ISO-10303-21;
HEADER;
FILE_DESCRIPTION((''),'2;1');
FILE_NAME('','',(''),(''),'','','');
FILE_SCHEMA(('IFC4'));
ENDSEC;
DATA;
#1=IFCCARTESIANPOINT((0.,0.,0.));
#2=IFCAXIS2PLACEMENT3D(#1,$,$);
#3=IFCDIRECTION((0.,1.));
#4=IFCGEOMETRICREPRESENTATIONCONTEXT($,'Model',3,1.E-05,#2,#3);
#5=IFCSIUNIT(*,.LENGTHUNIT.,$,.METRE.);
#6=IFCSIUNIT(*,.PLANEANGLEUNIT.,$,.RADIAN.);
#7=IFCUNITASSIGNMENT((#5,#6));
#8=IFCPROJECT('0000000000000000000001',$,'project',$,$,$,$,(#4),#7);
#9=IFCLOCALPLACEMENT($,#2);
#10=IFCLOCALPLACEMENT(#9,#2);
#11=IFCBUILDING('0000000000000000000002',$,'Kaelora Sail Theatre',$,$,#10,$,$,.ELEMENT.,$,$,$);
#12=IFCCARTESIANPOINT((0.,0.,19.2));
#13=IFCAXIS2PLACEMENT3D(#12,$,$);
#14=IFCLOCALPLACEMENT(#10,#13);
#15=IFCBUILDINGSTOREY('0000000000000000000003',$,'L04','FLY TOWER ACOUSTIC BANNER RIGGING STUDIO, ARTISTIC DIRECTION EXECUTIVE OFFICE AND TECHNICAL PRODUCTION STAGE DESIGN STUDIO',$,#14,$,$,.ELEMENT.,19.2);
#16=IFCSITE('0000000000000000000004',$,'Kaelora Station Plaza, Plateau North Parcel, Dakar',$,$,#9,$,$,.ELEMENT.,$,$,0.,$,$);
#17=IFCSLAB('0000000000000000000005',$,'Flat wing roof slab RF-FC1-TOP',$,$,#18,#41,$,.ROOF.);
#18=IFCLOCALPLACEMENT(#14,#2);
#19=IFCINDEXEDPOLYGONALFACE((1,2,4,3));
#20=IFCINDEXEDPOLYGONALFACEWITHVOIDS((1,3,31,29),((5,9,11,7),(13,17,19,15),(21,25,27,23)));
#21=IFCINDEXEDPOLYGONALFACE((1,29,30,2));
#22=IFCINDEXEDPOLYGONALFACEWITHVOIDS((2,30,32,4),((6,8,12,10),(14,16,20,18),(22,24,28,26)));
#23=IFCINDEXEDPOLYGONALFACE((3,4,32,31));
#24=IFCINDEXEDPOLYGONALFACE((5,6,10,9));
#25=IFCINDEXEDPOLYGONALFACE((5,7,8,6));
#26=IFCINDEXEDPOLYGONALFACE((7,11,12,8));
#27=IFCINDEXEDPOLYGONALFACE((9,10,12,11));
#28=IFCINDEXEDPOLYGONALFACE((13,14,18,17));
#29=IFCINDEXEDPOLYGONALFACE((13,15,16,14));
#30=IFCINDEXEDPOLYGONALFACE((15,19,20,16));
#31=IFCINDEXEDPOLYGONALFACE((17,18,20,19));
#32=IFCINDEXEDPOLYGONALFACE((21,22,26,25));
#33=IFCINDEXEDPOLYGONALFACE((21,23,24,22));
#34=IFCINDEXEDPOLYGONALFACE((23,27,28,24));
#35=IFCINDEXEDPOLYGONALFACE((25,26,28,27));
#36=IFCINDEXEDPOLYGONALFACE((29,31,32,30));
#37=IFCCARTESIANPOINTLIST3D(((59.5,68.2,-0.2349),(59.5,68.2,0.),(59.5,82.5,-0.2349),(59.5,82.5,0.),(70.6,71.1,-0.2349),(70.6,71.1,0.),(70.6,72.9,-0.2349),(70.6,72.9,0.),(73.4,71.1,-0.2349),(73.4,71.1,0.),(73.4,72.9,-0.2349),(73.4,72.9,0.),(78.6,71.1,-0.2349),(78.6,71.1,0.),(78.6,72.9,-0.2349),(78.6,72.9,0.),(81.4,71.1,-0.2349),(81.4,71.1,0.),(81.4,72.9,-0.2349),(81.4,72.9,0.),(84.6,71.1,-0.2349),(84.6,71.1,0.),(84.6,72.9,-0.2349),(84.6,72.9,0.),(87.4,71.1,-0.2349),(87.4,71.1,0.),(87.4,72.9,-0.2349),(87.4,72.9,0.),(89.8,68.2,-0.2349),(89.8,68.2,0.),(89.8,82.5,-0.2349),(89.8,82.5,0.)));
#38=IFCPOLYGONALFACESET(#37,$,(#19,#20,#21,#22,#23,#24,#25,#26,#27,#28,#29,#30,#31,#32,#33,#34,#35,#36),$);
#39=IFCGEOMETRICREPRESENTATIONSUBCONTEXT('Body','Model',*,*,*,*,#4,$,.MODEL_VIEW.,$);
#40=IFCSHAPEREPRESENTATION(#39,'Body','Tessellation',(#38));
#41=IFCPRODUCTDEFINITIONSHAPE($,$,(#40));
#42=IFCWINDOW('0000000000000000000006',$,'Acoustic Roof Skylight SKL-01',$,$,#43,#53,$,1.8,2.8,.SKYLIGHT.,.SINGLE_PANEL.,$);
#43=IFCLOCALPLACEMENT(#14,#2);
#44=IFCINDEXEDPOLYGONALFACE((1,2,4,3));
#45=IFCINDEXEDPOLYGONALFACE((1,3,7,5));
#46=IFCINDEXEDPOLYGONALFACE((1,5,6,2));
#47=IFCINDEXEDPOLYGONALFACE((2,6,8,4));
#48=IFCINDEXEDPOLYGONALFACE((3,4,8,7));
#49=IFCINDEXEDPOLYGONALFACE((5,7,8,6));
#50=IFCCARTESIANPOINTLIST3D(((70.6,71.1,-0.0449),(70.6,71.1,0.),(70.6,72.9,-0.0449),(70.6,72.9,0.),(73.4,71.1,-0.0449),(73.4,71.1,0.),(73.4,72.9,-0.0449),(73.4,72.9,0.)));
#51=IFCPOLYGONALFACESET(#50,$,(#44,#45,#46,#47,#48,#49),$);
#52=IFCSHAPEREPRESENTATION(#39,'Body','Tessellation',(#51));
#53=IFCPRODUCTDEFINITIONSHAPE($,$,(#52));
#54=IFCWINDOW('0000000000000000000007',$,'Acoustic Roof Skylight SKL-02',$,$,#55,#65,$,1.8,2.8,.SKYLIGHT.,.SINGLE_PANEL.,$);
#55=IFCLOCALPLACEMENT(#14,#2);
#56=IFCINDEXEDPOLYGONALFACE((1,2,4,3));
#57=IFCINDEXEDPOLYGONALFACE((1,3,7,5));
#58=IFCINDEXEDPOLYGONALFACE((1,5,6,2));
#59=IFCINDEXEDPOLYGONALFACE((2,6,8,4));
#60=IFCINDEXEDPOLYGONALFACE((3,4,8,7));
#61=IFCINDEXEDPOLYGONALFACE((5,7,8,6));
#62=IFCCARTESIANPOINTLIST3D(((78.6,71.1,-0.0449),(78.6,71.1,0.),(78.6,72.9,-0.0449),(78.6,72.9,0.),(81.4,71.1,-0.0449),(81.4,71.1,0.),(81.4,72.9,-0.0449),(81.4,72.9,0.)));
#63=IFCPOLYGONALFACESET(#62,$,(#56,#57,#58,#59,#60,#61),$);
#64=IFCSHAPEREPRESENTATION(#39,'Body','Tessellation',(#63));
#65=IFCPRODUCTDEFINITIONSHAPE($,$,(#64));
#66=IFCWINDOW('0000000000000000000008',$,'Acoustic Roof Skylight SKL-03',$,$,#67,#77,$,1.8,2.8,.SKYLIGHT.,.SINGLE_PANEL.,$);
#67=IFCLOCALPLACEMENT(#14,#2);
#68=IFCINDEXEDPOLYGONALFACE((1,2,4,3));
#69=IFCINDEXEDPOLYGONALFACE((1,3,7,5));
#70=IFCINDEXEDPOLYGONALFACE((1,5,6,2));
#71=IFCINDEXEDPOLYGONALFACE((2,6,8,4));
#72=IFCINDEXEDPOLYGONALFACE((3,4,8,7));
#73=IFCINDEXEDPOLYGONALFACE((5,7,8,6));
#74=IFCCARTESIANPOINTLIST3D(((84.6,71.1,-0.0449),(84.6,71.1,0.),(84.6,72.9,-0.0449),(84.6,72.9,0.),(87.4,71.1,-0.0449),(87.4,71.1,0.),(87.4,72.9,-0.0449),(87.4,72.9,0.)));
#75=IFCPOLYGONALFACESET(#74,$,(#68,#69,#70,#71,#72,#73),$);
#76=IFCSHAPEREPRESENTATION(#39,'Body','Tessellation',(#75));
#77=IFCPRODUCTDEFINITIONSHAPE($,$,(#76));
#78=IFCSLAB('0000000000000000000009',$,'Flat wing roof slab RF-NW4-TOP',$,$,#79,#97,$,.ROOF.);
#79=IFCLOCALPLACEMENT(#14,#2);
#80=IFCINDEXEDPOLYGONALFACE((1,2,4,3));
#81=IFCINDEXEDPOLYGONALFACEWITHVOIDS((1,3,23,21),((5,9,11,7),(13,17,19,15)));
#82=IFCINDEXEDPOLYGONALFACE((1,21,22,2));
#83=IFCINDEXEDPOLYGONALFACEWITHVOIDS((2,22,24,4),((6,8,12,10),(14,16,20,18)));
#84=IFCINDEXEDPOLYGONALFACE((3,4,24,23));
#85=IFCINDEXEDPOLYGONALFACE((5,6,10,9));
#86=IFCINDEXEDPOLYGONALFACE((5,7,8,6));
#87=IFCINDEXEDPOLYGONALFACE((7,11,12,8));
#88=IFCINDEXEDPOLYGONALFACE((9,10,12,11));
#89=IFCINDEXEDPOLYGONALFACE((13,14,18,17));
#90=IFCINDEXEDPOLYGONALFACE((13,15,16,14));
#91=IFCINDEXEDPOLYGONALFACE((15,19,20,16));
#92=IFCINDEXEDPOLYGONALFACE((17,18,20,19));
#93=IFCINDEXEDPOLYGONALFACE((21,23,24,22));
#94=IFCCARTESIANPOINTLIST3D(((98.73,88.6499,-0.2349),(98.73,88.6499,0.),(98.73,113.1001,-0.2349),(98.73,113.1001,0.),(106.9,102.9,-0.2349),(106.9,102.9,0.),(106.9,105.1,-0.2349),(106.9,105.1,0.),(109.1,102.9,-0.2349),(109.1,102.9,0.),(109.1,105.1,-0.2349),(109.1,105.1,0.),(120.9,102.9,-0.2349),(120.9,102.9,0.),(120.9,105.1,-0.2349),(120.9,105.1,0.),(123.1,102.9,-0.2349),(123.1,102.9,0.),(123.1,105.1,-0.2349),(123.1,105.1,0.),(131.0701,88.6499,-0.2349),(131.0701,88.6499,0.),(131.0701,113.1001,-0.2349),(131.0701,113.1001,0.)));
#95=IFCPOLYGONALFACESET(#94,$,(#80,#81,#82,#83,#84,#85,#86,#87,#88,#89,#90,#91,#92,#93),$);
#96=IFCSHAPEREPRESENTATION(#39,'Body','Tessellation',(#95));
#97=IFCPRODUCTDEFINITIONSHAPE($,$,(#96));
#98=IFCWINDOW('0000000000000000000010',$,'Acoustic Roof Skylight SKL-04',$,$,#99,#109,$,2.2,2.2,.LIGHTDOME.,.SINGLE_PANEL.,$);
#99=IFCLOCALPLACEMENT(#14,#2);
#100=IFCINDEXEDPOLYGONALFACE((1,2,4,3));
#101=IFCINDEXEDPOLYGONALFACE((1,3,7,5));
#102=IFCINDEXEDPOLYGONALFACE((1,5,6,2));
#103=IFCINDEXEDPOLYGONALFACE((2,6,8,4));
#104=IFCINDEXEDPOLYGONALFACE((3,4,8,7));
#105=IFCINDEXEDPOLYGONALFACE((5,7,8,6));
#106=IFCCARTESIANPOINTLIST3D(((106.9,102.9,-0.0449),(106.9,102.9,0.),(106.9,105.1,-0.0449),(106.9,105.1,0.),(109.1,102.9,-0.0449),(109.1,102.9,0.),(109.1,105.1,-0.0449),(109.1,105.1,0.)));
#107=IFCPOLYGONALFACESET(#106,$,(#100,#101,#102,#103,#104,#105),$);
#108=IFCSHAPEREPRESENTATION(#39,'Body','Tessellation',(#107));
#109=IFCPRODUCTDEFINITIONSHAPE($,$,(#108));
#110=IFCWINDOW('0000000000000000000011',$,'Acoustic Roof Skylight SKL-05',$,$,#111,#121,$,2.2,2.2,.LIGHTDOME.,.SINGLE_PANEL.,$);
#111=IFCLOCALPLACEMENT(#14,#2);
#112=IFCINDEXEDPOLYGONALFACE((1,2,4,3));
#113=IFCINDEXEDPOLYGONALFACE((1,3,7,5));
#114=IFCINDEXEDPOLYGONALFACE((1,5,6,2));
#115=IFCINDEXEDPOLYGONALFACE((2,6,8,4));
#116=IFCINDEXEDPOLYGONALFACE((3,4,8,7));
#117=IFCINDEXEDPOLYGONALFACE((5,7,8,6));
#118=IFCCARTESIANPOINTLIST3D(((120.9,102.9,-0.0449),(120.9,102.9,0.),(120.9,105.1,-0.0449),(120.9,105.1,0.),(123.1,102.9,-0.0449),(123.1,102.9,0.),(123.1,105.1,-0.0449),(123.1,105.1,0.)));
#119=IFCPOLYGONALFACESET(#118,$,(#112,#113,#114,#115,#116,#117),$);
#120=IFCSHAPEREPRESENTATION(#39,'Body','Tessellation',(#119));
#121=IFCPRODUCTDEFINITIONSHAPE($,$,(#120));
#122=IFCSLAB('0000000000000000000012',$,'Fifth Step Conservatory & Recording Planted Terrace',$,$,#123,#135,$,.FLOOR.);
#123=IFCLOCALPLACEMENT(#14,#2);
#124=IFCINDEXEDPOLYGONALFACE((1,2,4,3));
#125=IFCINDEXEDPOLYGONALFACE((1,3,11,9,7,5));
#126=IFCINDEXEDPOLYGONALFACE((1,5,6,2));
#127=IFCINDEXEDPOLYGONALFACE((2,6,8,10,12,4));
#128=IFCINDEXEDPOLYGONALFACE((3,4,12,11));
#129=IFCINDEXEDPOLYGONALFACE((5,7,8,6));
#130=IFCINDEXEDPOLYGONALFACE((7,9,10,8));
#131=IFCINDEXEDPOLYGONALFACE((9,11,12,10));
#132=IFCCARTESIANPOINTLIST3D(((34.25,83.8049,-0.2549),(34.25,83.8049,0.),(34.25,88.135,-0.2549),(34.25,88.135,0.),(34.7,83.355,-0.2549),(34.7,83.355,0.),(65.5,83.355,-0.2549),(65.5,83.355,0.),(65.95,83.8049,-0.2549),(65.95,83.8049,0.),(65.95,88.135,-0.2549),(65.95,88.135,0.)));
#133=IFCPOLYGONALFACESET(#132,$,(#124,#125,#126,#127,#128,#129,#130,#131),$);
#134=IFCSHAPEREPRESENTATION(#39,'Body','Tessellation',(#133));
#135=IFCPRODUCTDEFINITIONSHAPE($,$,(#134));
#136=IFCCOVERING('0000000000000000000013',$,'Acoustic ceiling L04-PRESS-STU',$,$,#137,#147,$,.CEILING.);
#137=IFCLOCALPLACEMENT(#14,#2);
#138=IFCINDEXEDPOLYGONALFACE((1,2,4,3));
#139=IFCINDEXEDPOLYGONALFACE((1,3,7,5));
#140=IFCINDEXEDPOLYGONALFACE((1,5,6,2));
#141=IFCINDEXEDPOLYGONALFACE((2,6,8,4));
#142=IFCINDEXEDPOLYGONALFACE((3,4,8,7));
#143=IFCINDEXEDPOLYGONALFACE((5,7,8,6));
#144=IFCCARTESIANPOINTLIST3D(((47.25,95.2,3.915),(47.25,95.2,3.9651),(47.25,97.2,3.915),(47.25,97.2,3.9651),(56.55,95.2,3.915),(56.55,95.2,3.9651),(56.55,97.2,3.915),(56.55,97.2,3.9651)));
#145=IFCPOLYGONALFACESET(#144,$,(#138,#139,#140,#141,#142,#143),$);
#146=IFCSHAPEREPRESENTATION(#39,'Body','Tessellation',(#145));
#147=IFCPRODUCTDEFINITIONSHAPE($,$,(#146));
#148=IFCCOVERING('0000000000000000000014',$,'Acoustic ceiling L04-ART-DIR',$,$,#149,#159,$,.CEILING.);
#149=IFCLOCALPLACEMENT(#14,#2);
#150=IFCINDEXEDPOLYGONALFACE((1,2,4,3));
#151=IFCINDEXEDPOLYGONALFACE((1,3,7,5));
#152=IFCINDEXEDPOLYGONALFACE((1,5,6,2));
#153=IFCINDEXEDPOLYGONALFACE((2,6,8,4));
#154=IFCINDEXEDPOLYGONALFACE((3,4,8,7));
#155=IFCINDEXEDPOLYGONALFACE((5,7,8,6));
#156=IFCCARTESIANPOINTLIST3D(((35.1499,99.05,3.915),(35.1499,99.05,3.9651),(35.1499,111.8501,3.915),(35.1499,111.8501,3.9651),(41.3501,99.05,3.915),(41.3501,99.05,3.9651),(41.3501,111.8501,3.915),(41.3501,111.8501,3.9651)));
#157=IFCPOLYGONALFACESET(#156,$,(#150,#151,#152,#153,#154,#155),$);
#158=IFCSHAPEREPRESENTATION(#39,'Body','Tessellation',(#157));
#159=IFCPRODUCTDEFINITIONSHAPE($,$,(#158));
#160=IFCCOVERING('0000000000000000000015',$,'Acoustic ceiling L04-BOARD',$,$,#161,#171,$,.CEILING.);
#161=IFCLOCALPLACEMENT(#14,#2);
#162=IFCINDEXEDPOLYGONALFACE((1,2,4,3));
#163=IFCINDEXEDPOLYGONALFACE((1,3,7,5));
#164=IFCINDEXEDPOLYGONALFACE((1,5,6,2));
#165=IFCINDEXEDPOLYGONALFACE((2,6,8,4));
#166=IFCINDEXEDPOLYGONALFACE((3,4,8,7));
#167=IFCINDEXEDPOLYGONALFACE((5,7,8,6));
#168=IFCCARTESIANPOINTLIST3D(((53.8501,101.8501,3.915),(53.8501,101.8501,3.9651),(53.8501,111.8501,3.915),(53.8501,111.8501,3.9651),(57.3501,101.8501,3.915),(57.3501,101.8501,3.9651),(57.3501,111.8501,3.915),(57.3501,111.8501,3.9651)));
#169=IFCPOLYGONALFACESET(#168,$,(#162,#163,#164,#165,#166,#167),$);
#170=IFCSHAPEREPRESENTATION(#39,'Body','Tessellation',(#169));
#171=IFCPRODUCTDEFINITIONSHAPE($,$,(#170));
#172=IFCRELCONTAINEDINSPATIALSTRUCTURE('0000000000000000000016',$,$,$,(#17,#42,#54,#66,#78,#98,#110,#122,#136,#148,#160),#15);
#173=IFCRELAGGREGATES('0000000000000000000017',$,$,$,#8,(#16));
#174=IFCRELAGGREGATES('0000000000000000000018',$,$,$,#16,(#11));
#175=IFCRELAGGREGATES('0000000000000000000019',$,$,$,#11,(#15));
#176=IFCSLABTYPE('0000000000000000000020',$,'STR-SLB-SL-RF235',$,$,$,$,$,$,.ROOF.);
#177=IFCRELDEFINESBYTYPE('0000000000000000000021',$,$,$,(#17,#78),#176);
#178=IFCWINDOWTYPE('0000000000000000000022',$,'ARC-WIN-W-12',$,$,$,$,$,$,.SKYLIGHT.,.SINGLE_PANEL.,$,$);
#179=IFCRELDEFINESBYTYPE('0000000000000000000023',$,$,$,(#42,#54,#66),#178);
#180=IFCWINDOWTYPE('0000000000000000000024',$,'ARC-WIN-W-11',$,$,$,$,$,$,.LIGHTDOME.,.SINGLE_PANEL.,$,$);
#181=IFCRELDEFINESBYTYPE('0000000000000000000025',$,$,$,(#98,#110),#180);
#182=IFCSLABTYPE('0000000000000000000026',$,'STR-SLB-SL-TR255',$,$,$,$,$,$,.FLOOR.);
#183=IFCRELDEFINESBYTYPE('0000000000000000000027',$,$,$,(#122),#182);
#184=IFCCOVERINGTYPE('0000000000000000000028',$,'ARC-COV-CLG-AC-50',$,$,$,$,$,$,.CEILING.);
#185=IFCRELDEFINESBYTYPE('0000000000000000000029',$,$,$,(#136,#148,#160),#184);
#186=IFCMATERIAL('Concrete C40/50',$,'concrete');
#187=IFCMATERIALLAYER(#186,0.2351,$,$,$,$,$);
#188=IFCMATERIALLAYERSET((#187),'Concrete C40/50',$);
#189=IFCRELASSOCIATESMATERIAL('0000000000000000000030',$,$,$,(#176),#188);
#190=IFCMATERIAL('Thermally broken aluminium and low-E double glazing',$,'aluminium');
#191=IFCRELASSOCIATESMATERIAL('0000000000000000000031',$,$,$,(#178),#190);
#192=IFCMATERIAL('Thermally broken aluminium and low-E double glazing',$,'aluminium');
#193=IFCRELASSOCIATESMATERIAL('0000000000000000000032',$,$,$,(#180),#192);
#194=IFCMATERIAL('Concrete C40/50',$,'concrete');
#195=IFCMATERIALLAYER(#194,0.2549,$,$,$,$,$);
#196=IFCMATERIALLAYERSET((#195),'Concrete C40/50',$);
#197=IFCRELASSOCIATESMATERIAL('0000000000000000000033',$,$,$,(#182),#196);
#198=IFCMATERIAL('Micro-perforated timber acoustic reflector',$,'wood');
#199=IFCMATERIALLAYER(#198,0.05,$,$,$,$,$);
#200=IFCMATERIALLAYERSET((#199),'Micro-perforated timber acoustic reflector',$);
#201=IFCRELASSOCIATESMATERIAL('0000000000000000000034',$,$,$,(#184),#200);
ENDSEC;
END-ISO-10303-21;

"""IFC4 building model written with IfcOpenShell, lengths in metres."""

from ifc_helpers import new_model, si_unit, direction, frame, origin, origin_2d, place, context, subcontext, project, spatial, polyline, rectangle, outline, extrude, material, layer, layer_set, type_object, element, fill, save


model = new_model("IFC4")

# Units and contexts
model_context = context("Model", 3, precision=1e-05, world=origin(), true_north=direction((0.0, 1.0)))
body_context = subcontext(model_context, "Body", "Model", "MODEL_VIEW")
ifc_project = project(units=[si_unit("LENGTHUNIT", "METRE"), si_unit("PLANEANGLEUNIT", "RADIAN")], contexts=[model_context])

# Site, building, storey
site_placement = place(None, origin())
site = spatial("IfcSite", under=ifc_project, at=site_placement, Name="Kaelora Station Plaza, Plateau North Parcel, Dakar", CompositionType="ELEMENT", RefElevation=0.0)
building_placement = place(site_placement, origin())
building = spatial("IfcBuilding", under=site, at=building_placement, Name="Kaelora Sail Theatre", CompositionType="ELEMENT")
storey_placement = place(building_placement, frame((0.0, 0.0, 19.2)))
storey = spatial("IfcBuildingStorey", under=building, at=storey_placement, Name="L04", Description="FLY TOWER ACOUSTIC BANNER RIGGING STUDIO, ARTISTIC DIRECTION EXECUTIVE OFFICE AND TECHNICAL PRODUCTION STAGE DESIGN STUDIO", CompositionType="ELEMENT", Elevation=19.2)

# Slabs, openings, windows
ifc_material_1 = material(Name="Concrete C40/50", Category="concrete")
ifc_layer_1 = layer(ifc_material_1, 0.2351)
ifc_layer_set_1 = layer_set([ifc_layer_1], Name="Concrete C40/50")
slab_type_1 = type_object("IfcSlabType", Name="STR-SLB-SL-RF235", PredefinedType="ROOF", material=ifc_layer_set_1)
slab_1_placement = place(storey_placement, frame((0.0, 0.0, -0.2349)))
slab_1 = element("IfcSlab", 1, at=slab_1_placement, inside=storey, type_object=slab_type_1, Name="Flat wing roof slab RF-FC1-TOP", PredefinedType="ROOF", context=body_context, shape_type="SweptSolid", body=[
    extrude(outline(polyline([(59.5, 82.5), (89.8, 82.5), (89.8, 68.2), (59.5, 68.2), (59.5, 82.5)])), origin(), (0.0, 0.0, 1.0), 0.2349),
])
opening_1_placement = place(slab_1_placement, frame((72.0, 72.0, 0.0)))
opening_1 = element("IfcOpeningElement", 2, at=opening_1_placement, cuts=slab_1, PredefinedType="OPENING", context=body_context, shape_type="SweptSolid", body=[
    extrude(rectangle(XDim=2.8, YDim=1.8, at=origin_2d()), origin(), (0.0, 0.0, 1.0), 0.2349),
])
opening_2_placement = place(slab_1_placement, frame((80.0, 72.0, 0.0)))
opening_2 = element("IfcOpeningElement", 3, at=opening_2_placement, cuts=slab_1, PredefinedType="OPENING", context=body_context, shape_type="SweptSolid", body=[
    extrude(rectangle(XDim=2.8, YDim=1.8, at=origin_2d()), origin(), (0.0, 0.0, 1.0), 0.2349),
])
opening_3_placement = place(slab_1_placement, frame((86.0, 72.0, 0.0)))
opening_3 = element("IfcOpeningElement", 4, at=opening_3_placement, cuts=slab_1, PredefinedType="OPENING", context=body_context, shape_type="SweptSolid", body=[
    extrude(rectangle(XDim=2.8, YDim=1.8, at=origin_2d()), origin(), (0.0, 0.0, 1.0), 0.2349),
])
ifc_material_2 = material(Name="Thermally broken aluminium and low-E double glazing", Category="aluminium")
window_type_1 = type_object("IfcWindowType", Name="ARC-WIN-W-12", PartitioningType="SINGLE_PANEL", PredefinedType="SKYLIGHT", material=ifc_material_2)
window_1_placement = place(opening_1_placement, frame((0.0, 0.0, 0.1899)))
window_1 = element("IfcWindow", 5, at=window_1_placement, inside=storey, type_object=window_type_1, Name="Acoustic Roof Skylight SKL-01", OverallHeight=1.8, OverallWidth=2.8, PartitioningType="SINGLE_PANEL", PredefinedType="SKYLIGHT", context=body_context, shape_type="SweptSolid", body=[
    extrude(rectangle(XDim=2.8, YDim=1.8, at=origin_2d()), origin(), (0.0, 0.0, 1.0), 0.0449),
])
fill(opening_1, window_1)
window_2_placement = place(opening_2_placement, frame((0.0, 0.0, 0.1899)))
window_2 = element("IfcWindow", 6, at=window_2_placement, inside=storey, type_object=window_type_1, Name="Acoustic Roof Skylight SKL-02", OverallHeight=1.8, OverallWidth=2.8, PartitioningType="SINGLE_PANEL", PredefinedType="SKYLIGHT", context=body_context, shape_type="SweptSolid", body=[
    extrude(rectangle(XDim=2.8, YDim=1.8, at=origin_2d()), origin(), (0.0, 0.0, 1.0), 0.0449),
])
fill(opening_2, window_2)
window_3_placement = place(opening_3_placement, frame((0.0, 0.0, 0.1899)))
window_3 = element("IfcWindow", 7, at=window_3_placement, inside=storey, type_object=window_type_1, Name="Acoustic Roof Skylight SKL-03", OverallHeight=1.8, OverallWidth=2.8, PartitioningType="SINGLE_PANEL", PredefinedType="SKYLIGHT", context=body_context, shape_type="SweptSolid", body=[
    extrude(rectangle(XDim=2.8, YDim=1.8, at=origin_2d()), origin(), (0.0, 0.0, 1.0), 0.0449),
])
fill(opening_3, window_3)
slab_2_placement = place(storey_placement, frame((0.0, 0.0, -0.2349)))
slab_2 = element("IfcSlab", 8, at=slab_2_placement, inside=storey, type_object=slab_type_1, Name="Flat wing roof slab RF-NW4-TOP", PredefinedType="ROOF", context=body_context, shape_type="SweptSolid", body=[
    extrude(outline(polyline([(98.73, 113.1001), (131.0701, 113.1001), (131.0701, 88.6499), (98.73, 88.6499), (98.73, 113.1001)])), origin(), (0.0, 0.0, 1.0), 0.2349),
])
opening_4_placement = place(slab_2_placement, frame((108.0, 104.0, 0.0)))
opening_4 = element("IfcOpeningElement", 9, at=opening_4_placement, cuts=slab_2, PredefinedType="OPENING", context=body_context, shape_type="SweptSolid", body=[
    extrude(rectangle(XDim=2.2, YDim=2.2, at=origin_2d()), origin(), (0.0, 0.0, 1.0), 0.2349),
])
opening_5_placement = place(slab_2_placement, frame((122.0, 104.0, 0.0)))
opening_5 = element("IfcOpeningElement", 10, at=opening_5_placement, cuts=slab_2, PredefinedType="OPENING", context=body_context, shape_type="SweptSolid", body=[
    extrude(rectangle(XDim=2.2, YDim=2.2, at=origin_2d()), origin(), (0.0, 0.0, 1.0), 0.2349),
])
ifc_material_3 = material(Name="Thermally broken aluminium and low-E double glazing", Category="aluminium")
window_type_2 = type_object("IfcWindowType", Name="ARC-WIN-W-11", PartitioningType="SINGLE_PANEL", PredefinedType="LIGHTDOME", material=ifc_material_3)
window_4_placement = place(opening_4_placement, frame((0.0, 0.0, 0.1899)))
window_4 = element("IfcWindow", 11, at=window_4_placement, inside=storey, type_object=window_type_2, Name="Acoustic Roof Skylight SKL-04", OverallHeight=2.2, OverallWidth=2.2, PartitioningType="SINGLE_PANEL", PredefinedType="LIGHTDOME", context=body_context, shape_type="SweptSolid", body=[
    extrude(rectangle(XDim=2.2, YDim=2.2, at=origin_2d()), origin(), (0.0, 0.0, 1.0), 0.0449),
])
fill(opening_4, window_4)
window_5_placement = place(opening_5_placement, frame((0.0, 0.0, 0.1899)))
window_5 = element("IfcWindow", 12, at=window_5_placement, inside=storey, type_object=window_type_2, Name="Acoustic Roof Skylight SKL-05", OverallHeight=2.2, OverallWidth=2.2, PartitioningType="SINGLE_PANEL", PredefinedType="LIGHTDOME", context=body_context, shape_type="SweptSolid", body=[
    extrude(rectangle(XDim=2.2, YDim=2.2, at=origin_2d()), origin(), (0.0, 0.0, 1.0), 0.0449),
])
fill(opening_5, window_5)

# Slab
ifc_material_4 = material(Name="Concrete C40/50", Category="concrete")
ifc_layer_2 = layer(ifc_material_4, 0.2549)
ifc_layer_set_2 = layer_set([ifc_layer_2], Name="Concrete C40/50")
slab_type_2 = type_object("IfcSlabType", Name="STR-SLB-SL-TR255", PredefinedType="FLOOR", material=ifc_layer_set_2)
slab_3_placement = place(storey_placement, frame((0.0, 0.0, -0.2549)))
element("IfcSlab", 13, at=slab_3_placement, inside=storey, type_object=slab_type_2, Name="Fifth Step Conservatory & Recording Planted Terrace", PredefinedType="FLOOR", context=body_context, shape_type="SweptSolid", body=[
    extrude(outline(polyline([(34.7, 83.355), (65.5, 83.355), (65.95, 83.8049), (65.95, 88.135), (34.25, 88.135), (34.25, 83.8049), (34.7, 83.355)])), origin(), (0.0, 0.0, 1.0), 0.2549),
])

# Coverings
ifc_material_5 = material(Name="Micro-perforated timber acoustic reflector", Category="wood")
ifc_layer_3 = layer(ifc_material_5, 0.05)
ifc_layer_set_3 = layer_set([ifc_layer_3], Name="Micro-perforated timber acoustic reflector")
covering_type_1 = type_object("IfcCoveringType", Name="ARC-COV-CLG-AC-50", PredefinedType="CEILING", material=ifc_layer_set_3)
covering_1_placement = place(storey_placement, frame((0.0, 0.0, 3.915)))
element("IfcCovering", 14, at=covering_1_placement, inside=storey, type_object=covering_type_1, Name="Acoustic ceiling L04-PRESS-STU", PredefinedType="CEILING", context=body_context, shape_type="SweptSolid", body=[
    extrude(outline(polyline([(47.25, 95.2), (56.55, 95.2), (56.55, 97.2), (47.25, 97.2), (47.25, 95.2)])), origin(), (0.0, 0.0, 1.0), 0.05),
])
covering_2_placement = place(storey_placement, frame((0.0, 0.0, 3.915)))
element("IfcCovering", 15, at=covering_2_placement, inside=storey, type_object=covering_type_1, Name="Acoustic ceiling L04-ART-DIR", PredefinedType="CEILING", context=body_context, shape_type="SweptSolid", body=[
    extrude(outline(polyline([(35.1499, 99.05), (41.3501, 99.05), (41.3501, 111.8501), (35.1499, 111.8501), (35.1499, 99.05)])), origin(), (0.0, 0.0, 1.0), 0.05),
])
covering_3_placement = place(storey_placement, frame((0.0, 0.0, 3.915)))
element("IfcCovering", 16, at=covering_3_placement, inside=storey, type_object=covering_type_1, Name="Acoustic ceiling L04-BOARD", PredefinedType="CEILING", context=body_context, shape_type="SweptSolid", body=[
    extrude(outline(polyline([(53.8501, 101.8501), (57.3501, 101.8501), (57.3501, 111.8501), (53.8501, 111.8501), (53.8501, 101.8501)])), origin(), (0.0, 0.0, 1.0), 0.05),
])

save(model, "model.ifc")
